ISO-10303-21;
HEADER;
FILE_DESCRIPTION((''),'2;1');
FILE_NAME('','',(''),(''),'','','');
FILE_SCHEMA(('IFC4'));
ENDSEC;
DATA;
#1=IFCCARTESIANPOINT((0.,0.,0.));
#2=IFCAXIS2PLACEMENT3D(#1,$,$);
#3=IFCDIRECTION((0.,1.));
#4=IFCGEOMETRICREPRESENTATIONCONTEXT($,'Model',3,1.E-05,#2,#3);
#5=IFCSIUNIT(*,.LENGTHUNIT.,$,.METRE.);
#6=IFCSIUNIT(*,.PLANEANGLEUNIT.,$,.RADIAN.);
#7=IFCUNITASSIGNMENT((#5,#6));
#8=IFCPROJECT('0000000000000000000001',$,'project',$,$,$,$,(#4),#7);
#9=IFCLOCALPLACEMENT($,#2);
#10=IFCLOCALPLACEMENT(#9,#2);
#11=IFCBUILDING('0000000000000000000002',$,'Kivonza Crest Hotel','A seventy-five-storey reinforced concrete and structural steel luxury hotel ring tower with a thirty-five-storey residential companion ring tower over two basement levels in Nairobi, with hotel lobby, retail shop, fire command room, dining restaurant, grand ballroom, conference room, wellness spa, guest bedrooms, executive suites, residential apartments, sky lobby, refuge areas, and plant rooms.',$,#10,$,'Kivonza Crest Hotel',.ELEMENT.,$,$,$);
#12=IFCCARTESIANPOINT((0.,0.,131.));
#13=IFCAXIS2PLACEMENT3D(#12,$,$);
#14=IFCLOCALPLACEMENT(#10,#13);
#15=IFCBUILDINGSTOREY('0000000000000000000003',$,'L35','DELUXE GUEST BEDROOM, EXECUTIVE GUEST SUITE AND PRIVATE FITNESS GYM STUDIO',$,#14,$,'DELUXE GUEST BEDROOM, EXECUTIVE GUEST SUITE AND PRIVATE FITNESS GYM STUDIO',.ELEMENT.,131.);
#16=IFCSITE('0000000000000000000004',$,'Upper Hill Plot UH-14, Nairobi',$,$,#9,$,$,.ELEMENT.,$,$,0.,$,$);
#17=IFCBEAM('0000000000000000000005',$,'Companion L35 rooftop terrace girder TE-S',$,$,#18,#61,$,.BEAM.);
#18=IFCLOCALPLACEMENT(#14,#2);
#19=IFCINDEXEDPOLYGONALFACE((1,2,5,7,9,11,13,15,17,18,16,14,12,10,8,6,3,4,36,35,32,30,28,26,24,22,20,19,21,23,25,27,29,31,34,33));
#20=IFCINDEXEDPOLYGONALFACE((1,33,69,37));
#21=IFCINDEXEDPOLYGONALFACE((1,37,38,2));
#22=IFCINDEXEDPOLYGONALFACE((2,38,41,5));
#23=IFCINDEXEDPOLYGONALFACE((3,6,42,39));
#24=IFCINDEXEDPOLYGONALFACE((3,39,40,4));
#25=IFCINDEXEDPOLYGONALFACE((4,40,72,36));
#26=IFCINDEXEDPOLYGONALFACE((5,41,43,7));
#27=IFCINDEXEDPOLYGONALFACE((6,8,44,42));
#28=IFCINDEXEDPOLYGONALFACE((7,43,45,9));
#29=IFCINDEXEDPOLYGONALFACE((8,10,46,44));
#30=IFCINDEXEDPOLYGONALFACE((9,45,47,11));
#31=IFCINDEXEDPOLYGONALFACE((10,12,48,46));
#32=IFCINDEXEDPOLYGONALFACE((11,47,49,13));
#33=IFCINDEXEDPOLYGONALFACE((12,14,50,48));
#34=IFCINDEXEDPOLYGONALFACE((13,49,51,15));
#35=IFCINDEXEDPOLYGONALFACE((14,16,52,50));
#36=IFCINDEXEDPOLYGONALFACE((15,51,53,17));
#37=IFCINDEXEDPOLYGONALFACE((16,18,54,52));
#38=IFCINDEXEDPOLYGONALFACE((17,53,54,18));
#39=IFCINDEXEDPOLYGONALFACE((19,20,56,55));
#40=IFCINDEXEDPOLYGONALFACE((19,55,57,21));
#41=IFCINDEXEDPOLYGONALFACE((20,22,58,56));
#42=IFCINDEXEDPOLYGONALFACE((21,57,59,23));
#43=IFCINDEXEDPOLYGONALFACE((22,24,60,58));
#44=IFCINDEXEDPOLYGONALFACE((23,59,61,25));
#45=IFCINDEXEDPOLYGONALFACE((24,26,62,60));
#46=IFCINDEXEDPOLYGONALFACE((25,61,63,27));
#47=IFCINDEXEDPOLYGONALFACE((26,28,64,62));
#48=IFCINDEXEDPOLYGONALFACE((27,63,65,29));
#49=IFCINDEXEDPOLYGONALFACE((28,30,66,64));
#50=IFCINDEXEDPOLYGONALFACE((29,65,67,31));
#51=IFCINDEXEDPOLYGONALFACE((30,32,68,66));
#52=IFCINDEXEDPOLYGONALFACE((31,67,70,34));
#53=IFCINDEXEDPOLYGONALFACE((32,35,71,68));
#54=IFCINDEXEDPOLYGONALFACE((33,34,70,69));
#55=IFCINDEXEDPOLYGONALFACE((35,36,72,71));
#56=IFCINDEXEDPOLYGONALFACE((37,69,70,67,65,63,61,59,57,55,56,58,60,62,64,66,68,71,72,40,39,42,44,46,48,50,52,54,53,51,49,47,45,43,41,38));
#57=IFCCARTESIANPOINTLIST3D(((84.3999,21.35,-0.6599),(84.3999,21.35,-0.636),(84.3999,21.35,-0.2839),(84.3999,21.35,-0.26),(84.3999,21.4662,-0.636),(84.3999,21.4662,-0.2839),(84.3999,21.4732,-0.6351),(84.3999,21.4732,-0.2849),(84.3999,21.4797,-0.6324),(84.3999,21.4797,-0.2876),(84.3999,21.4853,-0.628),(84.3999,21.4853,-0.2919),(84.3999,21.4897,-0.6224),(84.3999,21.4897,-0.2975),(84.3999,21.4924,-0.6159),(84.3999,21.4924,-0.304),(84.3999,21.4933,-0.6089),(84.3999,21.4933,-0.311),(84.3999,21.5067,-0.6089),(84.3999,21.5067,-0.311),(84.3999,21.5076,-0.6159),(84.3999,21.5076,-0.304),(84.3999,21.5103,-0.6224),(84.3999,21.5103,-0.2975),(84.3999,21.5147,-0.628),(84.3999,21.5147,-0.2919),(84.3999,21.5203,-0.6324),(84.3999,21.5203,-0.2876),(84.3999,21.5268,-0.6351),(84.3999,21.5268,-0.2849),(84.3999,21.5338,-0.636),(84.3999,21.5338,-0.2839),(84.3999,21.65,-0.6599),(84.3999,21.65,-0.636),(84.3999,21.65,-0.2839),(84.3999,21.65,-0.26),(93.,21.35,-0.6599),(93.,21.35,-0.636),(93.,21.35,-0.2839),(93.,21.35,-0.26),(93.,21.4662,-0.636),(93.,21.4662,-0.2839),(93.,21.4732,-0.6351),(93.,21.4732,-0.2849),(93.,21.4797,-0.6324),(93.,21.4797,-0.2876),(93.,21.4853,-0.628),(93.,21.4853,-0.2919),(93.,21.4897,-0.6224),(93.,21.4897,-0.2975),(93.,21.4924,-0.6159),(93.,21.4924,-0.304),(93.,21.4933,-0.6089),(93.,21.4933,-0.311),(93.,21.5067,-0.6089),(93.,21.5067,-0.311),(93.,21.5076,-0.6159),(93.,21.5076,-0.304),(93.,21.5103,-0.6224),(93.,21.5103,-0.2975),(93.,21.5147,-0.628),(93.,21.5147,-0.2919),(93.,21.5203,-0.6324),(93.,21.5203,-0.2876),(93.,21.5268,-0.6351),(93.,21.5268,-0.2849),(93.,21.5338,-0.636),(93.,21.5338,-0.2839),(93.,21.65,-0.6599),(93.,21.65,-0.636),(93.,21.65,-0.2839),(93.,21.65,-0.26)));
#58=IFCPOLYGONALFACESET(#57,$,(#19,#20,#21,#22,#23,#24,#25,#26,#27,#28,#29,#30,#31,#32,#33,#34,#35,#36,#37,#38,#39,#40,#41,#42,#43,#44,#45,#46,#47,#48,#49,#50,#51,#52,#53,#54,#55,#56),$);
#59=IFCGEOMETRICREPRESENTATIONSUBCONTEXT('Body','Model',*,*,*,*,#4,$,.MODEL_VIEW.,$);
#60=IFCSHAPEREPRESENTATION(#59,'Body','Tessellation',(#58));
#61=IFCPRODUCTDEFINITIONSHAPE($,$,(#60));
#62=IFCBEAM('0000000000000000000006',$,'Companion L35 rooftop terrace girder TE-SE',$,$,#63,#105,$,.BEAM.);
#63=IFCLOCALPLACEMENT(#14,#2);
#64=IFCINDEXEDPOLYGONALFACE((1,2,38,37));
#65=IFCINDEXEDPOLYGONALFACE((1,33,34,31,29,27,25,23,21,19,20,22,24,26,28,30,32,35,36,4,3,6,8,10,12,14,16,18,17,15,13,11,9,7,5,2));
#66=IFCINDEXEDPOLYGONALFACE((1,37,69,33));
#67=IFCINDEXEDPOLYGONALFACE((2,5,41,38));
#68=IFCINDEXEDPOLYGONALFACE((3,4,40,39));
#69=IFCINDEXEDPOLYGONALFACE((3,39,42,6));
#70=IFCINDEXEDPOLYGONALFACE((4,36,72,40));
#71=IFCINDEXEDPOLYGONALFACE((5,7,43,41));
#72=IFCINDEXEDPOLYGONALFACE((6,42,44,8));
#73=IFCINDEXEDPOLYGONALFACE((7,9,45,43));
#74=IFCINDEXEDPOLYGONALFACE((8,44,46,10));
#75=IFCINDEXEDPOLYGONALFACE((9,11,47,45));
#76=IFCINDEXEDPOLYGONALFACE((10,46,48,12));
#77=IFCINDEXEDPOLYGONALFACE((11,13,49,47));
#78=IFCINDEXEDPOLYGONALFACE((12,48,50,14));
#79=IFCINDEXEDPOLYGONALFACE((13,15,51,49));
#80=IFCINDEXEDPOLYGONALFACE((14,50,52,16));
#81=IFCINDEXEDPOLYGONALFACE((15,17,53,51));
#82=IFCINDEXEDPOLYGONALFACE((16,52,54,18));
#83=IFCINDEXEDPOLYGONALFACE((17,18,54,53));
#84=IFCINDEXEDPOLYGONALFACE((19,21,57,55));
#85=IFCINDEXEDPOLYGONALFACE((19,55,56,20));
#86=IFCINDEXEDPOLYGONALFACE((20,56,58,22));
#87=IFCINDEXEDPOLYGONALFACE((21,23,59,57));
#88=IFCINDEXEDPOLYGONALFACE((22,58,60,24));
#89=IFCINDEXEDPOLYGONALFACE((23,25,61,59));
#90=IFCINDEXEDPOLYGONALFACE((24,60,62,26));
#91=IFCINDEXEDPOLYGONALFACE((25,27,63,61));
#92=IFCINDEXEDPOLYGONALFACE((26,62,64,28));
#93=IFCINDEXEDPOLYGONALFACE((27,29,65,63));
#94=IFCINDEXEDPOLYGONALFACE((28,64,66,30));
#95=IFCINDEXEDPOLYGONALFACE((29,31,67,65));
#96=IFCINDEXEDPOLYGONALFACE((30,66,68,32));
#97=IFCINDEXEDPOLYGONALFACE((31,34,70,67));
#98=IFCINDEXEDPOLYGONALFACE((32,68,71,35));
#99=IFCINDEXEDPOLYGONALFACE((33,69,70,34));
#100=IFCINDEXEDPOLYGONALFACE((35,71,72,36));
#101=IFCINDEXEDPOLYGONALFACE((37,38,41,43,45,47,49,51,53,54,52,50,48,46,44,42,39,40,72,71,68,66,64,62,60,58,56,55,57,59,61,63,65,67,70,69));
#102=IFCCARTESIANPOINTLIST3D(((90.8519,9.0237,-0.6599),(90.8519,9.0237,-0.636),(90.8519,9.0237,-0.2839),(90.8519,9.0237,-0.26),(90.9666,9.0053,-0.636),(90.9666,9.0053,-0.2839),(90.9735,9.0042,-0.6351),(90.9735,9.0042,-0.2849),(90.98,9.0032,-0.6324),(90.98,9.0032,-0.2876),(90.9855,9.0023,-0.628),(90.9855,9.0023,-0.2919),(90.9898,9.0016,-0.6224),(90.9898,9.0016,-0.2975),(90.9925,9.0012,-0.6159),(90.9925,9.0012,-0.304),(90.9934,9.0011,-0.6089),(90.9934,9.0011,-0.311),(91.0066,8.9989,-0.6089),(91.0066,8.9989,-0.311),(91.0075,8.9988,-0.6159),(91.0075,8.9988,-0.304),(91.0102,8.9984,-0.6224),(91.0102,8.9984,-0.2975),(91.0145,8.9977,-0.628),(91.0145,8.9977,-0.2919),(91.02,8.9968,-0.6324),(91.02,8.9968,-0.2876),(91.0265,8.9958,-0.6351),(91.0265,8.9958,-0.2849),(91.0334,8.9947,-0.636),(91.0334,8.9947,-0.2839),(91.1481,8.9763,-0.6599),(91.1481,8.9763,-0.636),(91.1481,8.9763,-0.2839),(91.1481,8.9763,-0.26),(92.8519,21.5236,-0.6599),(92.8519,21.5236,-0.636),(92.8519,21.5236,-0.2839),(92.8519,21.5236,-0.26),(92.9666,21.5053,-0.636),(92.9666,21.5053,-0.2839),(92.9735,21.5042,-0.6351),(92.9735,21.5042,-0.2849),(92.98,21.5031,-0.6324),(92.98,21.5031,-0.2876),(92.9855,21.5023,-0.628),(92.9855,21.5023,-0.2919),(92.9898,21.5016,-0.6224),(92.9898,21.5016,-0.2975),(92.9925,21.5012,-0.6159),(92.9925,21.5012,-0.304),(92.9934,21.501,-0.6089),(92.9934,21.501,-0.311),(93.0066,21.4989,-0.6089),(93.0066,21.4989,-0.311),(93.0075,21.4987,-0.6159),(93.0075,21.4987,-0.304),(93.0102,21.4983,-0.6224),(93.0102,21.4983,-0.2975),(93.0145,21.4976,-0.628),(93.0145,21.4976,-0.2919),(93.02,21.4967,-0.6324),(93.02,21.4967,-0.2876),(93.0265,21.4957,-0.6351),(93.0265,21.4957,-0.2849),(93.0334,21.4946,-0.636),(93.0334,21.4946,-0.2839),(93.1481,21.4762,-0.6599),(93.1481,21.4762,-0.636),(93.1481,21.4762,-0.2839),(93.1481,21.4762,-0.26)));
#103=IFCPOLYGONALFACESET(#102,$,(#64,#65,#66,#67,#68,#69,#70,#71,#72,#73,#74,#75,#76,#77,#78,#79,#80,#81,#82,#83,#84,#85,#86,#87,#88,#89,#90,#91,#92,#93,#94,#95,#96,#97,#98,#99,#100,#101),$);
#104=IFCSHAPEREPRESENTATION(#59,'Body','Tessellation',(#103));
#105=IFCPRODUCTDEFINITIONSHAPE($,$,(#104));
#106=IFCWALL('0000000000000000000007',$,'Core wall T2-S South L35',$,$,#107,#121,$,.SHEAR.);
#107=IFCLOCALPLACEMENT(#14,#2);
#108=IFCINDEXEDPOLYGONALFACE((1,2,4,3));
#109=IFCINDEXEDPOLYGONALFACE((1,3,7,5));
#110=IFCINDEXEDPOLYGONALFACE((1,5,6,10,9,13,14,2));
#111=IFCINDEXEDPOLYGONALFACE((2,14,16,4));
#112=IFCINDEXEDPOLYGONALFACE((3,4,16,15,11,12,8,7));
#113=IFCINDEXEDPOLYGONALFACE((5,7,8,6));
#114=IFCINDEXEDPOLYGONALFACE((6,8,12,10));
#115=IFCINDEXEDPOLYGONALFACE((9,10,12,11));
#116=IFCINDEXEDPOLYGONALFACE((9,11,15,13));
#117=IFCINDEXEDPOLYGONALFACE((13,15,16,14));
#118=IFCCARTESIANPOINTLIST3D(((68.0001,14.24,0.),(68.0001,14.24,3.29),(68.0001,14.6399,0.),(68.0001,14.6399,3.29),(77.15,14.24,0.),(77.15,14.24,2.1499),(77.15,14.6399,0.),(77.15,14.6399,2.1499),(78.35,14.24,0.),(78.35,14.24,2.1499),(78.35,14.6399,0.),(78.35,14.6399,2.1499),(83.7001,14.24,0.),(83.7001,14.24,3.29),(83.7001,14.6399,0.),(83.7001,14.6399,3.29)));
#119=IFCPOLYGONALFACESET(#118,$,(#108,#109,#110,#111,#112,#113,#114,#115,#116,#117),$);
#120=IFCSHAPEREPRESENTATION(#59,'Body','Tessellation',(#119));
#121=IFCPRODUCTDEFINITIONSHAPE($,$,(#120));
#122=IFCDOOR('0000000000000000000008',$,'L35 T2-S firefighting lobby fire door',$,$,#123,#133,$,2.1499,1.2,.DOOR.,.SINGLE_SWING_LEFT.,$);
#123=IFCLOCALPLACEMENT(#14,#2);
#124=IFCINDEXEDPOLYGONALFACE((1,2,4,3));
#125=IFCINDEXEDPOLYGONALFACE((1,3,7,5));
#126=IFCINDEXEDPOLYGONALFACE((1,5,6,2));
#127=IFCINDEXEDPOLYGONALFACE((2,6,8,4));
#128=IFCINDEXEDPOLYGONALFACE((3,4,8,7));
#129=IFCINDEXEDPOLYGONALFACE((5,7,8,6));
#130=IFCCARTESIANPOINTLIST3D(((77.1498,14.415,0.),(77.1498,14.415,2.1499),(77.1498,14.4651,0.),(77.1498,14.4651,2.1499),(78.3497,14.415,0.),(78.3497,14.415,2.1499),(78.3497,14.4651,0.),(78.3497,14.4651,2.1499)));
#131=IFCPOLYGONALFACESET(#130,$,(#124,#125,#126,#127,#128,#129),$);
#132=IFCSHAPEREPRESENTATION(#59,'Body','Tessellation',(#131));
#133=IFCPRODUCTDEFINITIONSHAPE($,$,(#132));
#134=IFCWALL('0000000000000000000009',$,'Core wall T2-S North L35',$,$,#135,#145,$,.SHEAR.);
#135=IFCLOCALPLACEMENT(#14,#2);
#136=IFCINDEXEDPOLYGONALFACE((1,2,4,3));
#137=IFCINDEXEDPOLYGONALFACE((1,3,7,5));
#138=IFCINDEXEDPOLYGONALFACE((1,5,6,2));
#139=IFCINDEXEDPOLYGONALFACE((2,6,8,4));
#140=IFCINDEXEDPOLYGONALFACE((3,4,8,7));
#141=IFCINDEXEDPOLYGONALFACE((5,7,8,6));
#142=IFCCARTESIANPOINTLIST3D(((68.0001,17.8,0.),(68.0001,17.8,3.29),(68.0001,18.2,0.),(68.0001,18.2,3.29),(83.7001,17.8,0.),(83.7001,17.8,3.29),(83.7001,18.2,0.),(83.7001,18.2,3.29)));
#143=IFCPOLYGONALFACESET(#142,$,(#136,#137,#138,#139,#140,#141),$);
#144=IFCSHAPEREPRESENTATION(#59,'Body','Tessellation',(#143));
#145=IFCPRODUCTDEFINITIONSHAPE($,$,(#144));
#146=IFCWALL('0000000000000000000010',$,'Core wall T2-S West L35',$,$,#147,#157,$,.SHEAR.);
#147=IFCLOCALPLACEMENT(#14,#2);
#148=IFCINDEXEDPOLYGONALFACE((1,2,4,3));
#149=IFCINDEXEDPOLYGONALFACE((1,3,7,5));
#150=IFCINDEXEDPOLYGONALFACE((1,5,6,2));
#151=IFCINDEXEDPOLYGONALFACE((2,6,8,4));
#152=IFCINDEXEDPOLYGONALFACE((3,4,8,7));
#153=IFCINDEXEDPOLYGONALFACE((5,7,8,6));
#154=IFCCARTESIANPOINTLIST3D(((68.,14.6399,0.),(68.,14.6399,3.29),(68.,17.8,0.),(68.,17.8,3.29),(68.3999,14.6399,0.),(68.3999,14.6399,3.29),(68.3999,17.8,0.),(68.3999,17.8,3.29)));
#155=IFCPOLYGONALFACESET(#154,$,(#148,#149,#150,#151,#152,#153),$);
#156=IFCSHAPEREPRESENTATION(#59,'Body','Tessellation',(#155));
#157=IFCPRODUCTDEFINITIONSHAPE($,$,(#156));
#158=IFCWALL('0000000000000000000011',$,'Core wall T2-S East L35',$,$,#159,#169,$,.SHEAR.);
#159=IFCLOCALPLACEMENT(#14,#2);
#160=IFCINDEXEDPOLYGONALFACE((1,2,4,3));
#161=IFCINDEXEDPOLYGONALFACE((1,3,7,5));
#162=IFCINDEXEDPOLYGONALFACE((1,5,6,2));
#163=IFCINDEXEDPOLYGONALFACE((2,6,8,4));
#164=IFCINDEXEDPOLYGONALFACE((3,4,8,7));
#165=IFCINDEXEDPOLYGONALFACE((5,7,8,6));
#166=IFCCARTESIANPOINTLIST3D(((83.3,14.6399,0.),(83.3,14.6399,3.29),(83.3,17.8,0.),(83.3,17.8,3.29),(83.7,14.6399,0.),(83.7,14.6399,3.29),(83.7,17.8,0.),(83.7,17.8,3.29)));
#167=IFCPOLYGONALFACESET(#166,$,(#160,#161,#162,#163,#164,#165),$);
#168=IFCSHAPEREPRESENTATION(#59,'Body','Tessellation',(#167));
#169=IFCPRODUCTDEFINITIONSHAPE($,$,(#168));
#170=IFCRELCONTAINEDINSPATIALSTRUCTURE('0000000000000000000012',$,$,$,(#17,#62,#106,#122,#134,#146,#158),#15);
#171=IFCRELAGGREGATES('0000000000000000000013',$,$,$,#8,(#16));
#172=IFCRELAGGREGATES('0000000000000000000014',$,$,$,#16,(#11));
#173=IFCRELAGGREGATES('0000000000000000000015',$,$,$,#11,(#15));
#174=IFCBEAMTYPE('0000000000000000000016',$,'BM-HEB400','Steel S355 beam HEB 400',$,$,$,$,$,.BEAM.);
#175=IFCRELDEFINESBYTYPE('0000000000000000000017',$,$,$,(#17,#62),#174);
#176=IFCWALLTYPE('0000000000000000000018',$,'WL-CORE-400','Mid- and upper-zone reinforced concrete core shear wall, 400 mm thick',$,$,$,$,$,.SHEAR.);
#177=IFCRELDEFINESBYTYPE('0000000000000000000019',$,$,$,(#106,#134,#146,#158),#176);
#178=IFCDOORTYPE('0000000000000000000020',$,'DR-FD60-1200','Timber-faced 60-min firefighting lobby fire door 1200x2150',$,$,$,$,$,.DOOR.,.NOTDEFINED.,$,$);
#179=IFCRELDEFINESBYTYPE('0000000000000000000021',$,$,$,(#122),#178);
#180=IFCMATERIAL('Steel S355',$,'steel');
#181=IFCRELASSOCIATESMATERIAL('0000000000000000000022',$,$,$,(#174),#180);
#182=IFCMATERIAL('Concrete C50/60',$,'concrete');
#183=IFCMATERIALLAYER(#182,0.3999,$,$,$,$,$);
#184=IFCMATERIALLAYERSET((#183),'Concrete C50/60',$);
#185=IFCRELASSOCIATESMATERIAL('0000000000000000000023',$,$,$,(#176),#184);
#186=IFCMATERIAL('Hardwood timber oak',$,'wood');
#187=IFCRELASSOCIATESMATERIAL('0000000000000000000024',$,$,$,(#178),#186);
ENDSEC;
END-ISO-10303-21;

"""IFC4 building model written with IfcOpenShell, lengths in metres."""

from ifc_helpers import new_model, si_unit, direction, frame, frame_2d, origin, origin_2d, place, context, subcontext, project, spatial, rectangle, i_section, extrude, material, layer, layer_set, material_profile, profile_set, type_object, element, fill, save


model = new_model("IFC4")

# Units and contexts
model_context = context("Model", 3, precision=1e-05, world=origin(), true_north=direction((0.0, 1.0)))
body_context = subcontext(model_context, "Body", "Model", "MODEL_VIEW")
ifc_project = project(units=[si_unit("LENGTHUNIT", "METRE"), si_unit("PLANEANGLEUNIT", "RADIAN")], contexts=[model_context])

# Site, building, storey
site_placement = place(None, origin())
site = spatial("IfcSite", under=ifc_project, at=site_placement, Name="Upper Hill Plot UH-14, Nairobi", CompositionType="ELEMENT", RefElevation=0.0)
building_placement = place(site_placement, origin())
building = spatial("IfcBuilding", under=site, at=building_placement, Name="Kivonza Crest Hotel", Description="A seventy-five-storey reinforced concrete and structural steel luxury hotel ring tower with a thirty-five-storey residential companion ring tower over two basement levels in Nairobi, with hotel lobby, retail shop, fire command room, dining restaurant, grand ballroom, conference room, wellness spa, guest bedrooms, executive suites, residential apartments, sky lobby, refuge areas, and plant rooms.", LongName="Kivonza Crest Hotel", CompositionType="ELEMENT")
storey_placement = place(building_placement, frame((0.0, 0.0, 131.0)))
storey = spatial("IfcBuildingStorey", under=building, at=storey_placement, Name="L35", Description="DELUXE GUEST BEDROOM, EXECUTIVE GUEST SUITE AND PRIVATE FITNESS GYM STUDIO", LongName="DELUXE GUEST BEDROOM, EXECUTIVE GUEST SUITE AND PRIVATE FITNESS GYM STUDIO", CompositionType="ELEMENT", Elevation=131.0)

# Shared definitions
ifc_material_1 = material(Name="Concrete C50/60", Category="concrete")

# Beams
ifc_material_2 = material(Name="Steel S355", Category="steel")
ifc_material_profile_1 = material_profile(ifc_material_2, i_section(OverallWidth=0.3, OverallDepth=0.3999, WebThickness=0.0134, FlangeThickness=0.0239, FilletRadius=0.0271, at=origin_2d()), Name="HEB 400")
ifc_profile_set_1 = profile_set([ifc_material_profile_1], Name="Steel S355")
beam_type = type_object("IfcBeamType", Name="BM-HEB400", Description="Steel S355 beam HEB 400", PredefinedType="BEAM", material=ifc_profile_set_1)
beam_1_placement = place(storey_placement, frame((84.3999, 21.5, -0.46), z_axis=(1.0, 0.0, 0.0), x_axis=(0.0, 1.0, 0.0)))
element("IfcBeam", 1, at=beam_1_placement, inside=storey, type_object=beam_type, Name="Companion L35 rooftop terrace girder TE-S", PredefinedType="BEAM", context=body_context, shape_type="SweptSolid", body=[
    extrude(i_section(OverallWidth=0.3, OverallDepth=0.3999, WebThickness=0.0134, FlangeThickness=0.0239, FilletRadius=0.0271, at=origin_2d()), origin(), (0.0, 0.0, 1.0), 8.6001),
])
beam_2_placement = place(storey_placement, frame((91.0, 9.0, -0.46), z_axis=(0.157991, 0.987441, 0.0), x_axis=(-0.987441, 0.157991, 0.0)))
element("IfcBeam", 2, at=beam_2_placement, inside=storey, type_object=beam_type, Name="Companion L35 rooftop terrace girder TE-SE", PredefinedType="BEAM", context=body_context, shape_type="SweptSolid", body=[
    extrude(i_section(OverallWidth=0.3, OverallDepth=0.3999, WebThickness=0.0134, FlangeThickness=0.0239, FilletRadius=0.0271, at=origin_2d()), origin(), (0.0, 0.0, 1.0), 12.6589),
])

# Wall, opening, door
ifc_layer_1 = layer(ifc_material_1, 0.3999)
ifc_layer_set_1 = layer_set([ifc_layer_1], Name="Concrete C50/60")
wall_type_1 = type_object("IfcWallType", Name="WL-CORE-400", Description="Mid- and upper-zone reinforced concrete core shear wall, 400 mm thick", PredefinedType="SHEAR", material=ifc_layer_set_1)
wall_1_placement = place(storey_placement, frame((68.0, 14.4399, 0.0), z_axis=(0.0, 0.0, 1.0), x_axis=(1.0, 0.0, 0.0)))
wall_1 = element("IfcWall", 3, at=wall_1_placement, inside=storey, type_object=wall_type_1, Name="Core wall T2-S South L35", PredefinedType="SHEAR", context=body_context, shape_type="SweptSolid", body=[
    extrude(rectangle(XDim=15.7, YDim=0.3999, at=frame_2d((7.8501, 0.0))), origin(), (0.0, 0.0, 1.0), 3.29),
])
opening_1_placement = place(wall_1_placement, frame((9.1499, 0.0, 0.0)))
opening_1 = element("IfcOpeningElement", 4, at=opening_1_placement, cuts=wall_1, PredefinedType="OPENING", context=body_context, shape_type="SweptSolid", body=[
    extrude(rectangle(XDim=1.2, YDim=2.1499, at=frame_2d((0.6001, 1.075))), frame((0.0, 0.21, 0.0), z_axis=(0.0, -1.0, 0.0), x_axis=(1.0, 0.0, 0.0)), (0.0, 0.0, 1.0), 0.4199),
])
ifc_material_3 = material(Name="Hardwood timber oak", Category="wood")
door_type_1 = type_object("IfcDoorType", Name="DR-FD60-1200", Description="Timber-faced 60-min firefighting lobby fire door 1200x2150", OperationType="NOTDEFINED", PredefinedType="DOOR", material=ifc_material_3)
door_1_placement = place(opening_1_placement, frame((1.2, 0.0, 0.0), z_axis=(0.0, 0.0, 1.0), x_axis=(-1.0, 0.0, 0.0)))
door_1 = element("IfcDoor", 5, at=door_1_placement, inside=storey, type_object=door_type_1, Name="L35 T2-S firefighting lobby fire door", OperationType="SINGLE_SWING_LEFT", OverallHeight=2.1499, OverallWidth=1.2, PredefinedType="DOOR", context=body_context, shape_type="SweptSolid", body=[
    extrude(rectangle(XDim=1.2, YDim=2.1499, at=frame_2d((0.6001, 1.075))), frame((0.0, 0.0249, 0.0), z_axis=(0.0, -1.0, 0.0), x_axis=(1.0, 0.0, 0.0)), (0.0, 0.0, 1.0), 0.05),
])
fill(opening_1, door_1)

# Walls
wall_2_placement = place(storey_placement, frame((68.0, 18.0, 0.0), z_axis=(0.0, 0.0, 1.0), x_axis=(1.0, 0.0, 0.0)))
element("IfcWall", 6, at=wall_2_placement, inside=storey, type_object=wall_type_1, Name="Core wall T2-S North L35", PredefinedType="SHEAR", context=body_context, shape_type="SweptSolid", body=[
    extrude(rectangle(XDim=15.7, YDim=0.3999, at=frame_2d((7.8501, 0.0))), origin(), (0.0, 0.0, 1.0), 3.29),
])
for number, where, z_axis, x_axis, name in (
    (7, (68.2, 14.6399, 0.0), (0.0, 0.0, 1.0), (0.0, 1.0, 0.0), "Core wall T2-S West L35"),
    (8, (83.5, 14.6399, 0.0), (0.0, 0.0, 1.0), (0.0, 1.0, 0.0), "Core wall T2-S East L35"),
):
    element("IfcWall", number, at=place(storey_placement, frame(where, z_axis=z_axis, x_axis=x_axis)), inside=storey, type_object=wall_type_1, Name=name, PredefinedType="SHEAR", context=body_context, shape_type="SweptSolid", body=[
        extrude(rectangle(XDim=3.1602, YDim=0.3999, at=frame_2d((1.5801, 0.0))), origin(), (0.0, 0.0, 1.0), 3.29),
    ])

save(model, "model.ifc")
